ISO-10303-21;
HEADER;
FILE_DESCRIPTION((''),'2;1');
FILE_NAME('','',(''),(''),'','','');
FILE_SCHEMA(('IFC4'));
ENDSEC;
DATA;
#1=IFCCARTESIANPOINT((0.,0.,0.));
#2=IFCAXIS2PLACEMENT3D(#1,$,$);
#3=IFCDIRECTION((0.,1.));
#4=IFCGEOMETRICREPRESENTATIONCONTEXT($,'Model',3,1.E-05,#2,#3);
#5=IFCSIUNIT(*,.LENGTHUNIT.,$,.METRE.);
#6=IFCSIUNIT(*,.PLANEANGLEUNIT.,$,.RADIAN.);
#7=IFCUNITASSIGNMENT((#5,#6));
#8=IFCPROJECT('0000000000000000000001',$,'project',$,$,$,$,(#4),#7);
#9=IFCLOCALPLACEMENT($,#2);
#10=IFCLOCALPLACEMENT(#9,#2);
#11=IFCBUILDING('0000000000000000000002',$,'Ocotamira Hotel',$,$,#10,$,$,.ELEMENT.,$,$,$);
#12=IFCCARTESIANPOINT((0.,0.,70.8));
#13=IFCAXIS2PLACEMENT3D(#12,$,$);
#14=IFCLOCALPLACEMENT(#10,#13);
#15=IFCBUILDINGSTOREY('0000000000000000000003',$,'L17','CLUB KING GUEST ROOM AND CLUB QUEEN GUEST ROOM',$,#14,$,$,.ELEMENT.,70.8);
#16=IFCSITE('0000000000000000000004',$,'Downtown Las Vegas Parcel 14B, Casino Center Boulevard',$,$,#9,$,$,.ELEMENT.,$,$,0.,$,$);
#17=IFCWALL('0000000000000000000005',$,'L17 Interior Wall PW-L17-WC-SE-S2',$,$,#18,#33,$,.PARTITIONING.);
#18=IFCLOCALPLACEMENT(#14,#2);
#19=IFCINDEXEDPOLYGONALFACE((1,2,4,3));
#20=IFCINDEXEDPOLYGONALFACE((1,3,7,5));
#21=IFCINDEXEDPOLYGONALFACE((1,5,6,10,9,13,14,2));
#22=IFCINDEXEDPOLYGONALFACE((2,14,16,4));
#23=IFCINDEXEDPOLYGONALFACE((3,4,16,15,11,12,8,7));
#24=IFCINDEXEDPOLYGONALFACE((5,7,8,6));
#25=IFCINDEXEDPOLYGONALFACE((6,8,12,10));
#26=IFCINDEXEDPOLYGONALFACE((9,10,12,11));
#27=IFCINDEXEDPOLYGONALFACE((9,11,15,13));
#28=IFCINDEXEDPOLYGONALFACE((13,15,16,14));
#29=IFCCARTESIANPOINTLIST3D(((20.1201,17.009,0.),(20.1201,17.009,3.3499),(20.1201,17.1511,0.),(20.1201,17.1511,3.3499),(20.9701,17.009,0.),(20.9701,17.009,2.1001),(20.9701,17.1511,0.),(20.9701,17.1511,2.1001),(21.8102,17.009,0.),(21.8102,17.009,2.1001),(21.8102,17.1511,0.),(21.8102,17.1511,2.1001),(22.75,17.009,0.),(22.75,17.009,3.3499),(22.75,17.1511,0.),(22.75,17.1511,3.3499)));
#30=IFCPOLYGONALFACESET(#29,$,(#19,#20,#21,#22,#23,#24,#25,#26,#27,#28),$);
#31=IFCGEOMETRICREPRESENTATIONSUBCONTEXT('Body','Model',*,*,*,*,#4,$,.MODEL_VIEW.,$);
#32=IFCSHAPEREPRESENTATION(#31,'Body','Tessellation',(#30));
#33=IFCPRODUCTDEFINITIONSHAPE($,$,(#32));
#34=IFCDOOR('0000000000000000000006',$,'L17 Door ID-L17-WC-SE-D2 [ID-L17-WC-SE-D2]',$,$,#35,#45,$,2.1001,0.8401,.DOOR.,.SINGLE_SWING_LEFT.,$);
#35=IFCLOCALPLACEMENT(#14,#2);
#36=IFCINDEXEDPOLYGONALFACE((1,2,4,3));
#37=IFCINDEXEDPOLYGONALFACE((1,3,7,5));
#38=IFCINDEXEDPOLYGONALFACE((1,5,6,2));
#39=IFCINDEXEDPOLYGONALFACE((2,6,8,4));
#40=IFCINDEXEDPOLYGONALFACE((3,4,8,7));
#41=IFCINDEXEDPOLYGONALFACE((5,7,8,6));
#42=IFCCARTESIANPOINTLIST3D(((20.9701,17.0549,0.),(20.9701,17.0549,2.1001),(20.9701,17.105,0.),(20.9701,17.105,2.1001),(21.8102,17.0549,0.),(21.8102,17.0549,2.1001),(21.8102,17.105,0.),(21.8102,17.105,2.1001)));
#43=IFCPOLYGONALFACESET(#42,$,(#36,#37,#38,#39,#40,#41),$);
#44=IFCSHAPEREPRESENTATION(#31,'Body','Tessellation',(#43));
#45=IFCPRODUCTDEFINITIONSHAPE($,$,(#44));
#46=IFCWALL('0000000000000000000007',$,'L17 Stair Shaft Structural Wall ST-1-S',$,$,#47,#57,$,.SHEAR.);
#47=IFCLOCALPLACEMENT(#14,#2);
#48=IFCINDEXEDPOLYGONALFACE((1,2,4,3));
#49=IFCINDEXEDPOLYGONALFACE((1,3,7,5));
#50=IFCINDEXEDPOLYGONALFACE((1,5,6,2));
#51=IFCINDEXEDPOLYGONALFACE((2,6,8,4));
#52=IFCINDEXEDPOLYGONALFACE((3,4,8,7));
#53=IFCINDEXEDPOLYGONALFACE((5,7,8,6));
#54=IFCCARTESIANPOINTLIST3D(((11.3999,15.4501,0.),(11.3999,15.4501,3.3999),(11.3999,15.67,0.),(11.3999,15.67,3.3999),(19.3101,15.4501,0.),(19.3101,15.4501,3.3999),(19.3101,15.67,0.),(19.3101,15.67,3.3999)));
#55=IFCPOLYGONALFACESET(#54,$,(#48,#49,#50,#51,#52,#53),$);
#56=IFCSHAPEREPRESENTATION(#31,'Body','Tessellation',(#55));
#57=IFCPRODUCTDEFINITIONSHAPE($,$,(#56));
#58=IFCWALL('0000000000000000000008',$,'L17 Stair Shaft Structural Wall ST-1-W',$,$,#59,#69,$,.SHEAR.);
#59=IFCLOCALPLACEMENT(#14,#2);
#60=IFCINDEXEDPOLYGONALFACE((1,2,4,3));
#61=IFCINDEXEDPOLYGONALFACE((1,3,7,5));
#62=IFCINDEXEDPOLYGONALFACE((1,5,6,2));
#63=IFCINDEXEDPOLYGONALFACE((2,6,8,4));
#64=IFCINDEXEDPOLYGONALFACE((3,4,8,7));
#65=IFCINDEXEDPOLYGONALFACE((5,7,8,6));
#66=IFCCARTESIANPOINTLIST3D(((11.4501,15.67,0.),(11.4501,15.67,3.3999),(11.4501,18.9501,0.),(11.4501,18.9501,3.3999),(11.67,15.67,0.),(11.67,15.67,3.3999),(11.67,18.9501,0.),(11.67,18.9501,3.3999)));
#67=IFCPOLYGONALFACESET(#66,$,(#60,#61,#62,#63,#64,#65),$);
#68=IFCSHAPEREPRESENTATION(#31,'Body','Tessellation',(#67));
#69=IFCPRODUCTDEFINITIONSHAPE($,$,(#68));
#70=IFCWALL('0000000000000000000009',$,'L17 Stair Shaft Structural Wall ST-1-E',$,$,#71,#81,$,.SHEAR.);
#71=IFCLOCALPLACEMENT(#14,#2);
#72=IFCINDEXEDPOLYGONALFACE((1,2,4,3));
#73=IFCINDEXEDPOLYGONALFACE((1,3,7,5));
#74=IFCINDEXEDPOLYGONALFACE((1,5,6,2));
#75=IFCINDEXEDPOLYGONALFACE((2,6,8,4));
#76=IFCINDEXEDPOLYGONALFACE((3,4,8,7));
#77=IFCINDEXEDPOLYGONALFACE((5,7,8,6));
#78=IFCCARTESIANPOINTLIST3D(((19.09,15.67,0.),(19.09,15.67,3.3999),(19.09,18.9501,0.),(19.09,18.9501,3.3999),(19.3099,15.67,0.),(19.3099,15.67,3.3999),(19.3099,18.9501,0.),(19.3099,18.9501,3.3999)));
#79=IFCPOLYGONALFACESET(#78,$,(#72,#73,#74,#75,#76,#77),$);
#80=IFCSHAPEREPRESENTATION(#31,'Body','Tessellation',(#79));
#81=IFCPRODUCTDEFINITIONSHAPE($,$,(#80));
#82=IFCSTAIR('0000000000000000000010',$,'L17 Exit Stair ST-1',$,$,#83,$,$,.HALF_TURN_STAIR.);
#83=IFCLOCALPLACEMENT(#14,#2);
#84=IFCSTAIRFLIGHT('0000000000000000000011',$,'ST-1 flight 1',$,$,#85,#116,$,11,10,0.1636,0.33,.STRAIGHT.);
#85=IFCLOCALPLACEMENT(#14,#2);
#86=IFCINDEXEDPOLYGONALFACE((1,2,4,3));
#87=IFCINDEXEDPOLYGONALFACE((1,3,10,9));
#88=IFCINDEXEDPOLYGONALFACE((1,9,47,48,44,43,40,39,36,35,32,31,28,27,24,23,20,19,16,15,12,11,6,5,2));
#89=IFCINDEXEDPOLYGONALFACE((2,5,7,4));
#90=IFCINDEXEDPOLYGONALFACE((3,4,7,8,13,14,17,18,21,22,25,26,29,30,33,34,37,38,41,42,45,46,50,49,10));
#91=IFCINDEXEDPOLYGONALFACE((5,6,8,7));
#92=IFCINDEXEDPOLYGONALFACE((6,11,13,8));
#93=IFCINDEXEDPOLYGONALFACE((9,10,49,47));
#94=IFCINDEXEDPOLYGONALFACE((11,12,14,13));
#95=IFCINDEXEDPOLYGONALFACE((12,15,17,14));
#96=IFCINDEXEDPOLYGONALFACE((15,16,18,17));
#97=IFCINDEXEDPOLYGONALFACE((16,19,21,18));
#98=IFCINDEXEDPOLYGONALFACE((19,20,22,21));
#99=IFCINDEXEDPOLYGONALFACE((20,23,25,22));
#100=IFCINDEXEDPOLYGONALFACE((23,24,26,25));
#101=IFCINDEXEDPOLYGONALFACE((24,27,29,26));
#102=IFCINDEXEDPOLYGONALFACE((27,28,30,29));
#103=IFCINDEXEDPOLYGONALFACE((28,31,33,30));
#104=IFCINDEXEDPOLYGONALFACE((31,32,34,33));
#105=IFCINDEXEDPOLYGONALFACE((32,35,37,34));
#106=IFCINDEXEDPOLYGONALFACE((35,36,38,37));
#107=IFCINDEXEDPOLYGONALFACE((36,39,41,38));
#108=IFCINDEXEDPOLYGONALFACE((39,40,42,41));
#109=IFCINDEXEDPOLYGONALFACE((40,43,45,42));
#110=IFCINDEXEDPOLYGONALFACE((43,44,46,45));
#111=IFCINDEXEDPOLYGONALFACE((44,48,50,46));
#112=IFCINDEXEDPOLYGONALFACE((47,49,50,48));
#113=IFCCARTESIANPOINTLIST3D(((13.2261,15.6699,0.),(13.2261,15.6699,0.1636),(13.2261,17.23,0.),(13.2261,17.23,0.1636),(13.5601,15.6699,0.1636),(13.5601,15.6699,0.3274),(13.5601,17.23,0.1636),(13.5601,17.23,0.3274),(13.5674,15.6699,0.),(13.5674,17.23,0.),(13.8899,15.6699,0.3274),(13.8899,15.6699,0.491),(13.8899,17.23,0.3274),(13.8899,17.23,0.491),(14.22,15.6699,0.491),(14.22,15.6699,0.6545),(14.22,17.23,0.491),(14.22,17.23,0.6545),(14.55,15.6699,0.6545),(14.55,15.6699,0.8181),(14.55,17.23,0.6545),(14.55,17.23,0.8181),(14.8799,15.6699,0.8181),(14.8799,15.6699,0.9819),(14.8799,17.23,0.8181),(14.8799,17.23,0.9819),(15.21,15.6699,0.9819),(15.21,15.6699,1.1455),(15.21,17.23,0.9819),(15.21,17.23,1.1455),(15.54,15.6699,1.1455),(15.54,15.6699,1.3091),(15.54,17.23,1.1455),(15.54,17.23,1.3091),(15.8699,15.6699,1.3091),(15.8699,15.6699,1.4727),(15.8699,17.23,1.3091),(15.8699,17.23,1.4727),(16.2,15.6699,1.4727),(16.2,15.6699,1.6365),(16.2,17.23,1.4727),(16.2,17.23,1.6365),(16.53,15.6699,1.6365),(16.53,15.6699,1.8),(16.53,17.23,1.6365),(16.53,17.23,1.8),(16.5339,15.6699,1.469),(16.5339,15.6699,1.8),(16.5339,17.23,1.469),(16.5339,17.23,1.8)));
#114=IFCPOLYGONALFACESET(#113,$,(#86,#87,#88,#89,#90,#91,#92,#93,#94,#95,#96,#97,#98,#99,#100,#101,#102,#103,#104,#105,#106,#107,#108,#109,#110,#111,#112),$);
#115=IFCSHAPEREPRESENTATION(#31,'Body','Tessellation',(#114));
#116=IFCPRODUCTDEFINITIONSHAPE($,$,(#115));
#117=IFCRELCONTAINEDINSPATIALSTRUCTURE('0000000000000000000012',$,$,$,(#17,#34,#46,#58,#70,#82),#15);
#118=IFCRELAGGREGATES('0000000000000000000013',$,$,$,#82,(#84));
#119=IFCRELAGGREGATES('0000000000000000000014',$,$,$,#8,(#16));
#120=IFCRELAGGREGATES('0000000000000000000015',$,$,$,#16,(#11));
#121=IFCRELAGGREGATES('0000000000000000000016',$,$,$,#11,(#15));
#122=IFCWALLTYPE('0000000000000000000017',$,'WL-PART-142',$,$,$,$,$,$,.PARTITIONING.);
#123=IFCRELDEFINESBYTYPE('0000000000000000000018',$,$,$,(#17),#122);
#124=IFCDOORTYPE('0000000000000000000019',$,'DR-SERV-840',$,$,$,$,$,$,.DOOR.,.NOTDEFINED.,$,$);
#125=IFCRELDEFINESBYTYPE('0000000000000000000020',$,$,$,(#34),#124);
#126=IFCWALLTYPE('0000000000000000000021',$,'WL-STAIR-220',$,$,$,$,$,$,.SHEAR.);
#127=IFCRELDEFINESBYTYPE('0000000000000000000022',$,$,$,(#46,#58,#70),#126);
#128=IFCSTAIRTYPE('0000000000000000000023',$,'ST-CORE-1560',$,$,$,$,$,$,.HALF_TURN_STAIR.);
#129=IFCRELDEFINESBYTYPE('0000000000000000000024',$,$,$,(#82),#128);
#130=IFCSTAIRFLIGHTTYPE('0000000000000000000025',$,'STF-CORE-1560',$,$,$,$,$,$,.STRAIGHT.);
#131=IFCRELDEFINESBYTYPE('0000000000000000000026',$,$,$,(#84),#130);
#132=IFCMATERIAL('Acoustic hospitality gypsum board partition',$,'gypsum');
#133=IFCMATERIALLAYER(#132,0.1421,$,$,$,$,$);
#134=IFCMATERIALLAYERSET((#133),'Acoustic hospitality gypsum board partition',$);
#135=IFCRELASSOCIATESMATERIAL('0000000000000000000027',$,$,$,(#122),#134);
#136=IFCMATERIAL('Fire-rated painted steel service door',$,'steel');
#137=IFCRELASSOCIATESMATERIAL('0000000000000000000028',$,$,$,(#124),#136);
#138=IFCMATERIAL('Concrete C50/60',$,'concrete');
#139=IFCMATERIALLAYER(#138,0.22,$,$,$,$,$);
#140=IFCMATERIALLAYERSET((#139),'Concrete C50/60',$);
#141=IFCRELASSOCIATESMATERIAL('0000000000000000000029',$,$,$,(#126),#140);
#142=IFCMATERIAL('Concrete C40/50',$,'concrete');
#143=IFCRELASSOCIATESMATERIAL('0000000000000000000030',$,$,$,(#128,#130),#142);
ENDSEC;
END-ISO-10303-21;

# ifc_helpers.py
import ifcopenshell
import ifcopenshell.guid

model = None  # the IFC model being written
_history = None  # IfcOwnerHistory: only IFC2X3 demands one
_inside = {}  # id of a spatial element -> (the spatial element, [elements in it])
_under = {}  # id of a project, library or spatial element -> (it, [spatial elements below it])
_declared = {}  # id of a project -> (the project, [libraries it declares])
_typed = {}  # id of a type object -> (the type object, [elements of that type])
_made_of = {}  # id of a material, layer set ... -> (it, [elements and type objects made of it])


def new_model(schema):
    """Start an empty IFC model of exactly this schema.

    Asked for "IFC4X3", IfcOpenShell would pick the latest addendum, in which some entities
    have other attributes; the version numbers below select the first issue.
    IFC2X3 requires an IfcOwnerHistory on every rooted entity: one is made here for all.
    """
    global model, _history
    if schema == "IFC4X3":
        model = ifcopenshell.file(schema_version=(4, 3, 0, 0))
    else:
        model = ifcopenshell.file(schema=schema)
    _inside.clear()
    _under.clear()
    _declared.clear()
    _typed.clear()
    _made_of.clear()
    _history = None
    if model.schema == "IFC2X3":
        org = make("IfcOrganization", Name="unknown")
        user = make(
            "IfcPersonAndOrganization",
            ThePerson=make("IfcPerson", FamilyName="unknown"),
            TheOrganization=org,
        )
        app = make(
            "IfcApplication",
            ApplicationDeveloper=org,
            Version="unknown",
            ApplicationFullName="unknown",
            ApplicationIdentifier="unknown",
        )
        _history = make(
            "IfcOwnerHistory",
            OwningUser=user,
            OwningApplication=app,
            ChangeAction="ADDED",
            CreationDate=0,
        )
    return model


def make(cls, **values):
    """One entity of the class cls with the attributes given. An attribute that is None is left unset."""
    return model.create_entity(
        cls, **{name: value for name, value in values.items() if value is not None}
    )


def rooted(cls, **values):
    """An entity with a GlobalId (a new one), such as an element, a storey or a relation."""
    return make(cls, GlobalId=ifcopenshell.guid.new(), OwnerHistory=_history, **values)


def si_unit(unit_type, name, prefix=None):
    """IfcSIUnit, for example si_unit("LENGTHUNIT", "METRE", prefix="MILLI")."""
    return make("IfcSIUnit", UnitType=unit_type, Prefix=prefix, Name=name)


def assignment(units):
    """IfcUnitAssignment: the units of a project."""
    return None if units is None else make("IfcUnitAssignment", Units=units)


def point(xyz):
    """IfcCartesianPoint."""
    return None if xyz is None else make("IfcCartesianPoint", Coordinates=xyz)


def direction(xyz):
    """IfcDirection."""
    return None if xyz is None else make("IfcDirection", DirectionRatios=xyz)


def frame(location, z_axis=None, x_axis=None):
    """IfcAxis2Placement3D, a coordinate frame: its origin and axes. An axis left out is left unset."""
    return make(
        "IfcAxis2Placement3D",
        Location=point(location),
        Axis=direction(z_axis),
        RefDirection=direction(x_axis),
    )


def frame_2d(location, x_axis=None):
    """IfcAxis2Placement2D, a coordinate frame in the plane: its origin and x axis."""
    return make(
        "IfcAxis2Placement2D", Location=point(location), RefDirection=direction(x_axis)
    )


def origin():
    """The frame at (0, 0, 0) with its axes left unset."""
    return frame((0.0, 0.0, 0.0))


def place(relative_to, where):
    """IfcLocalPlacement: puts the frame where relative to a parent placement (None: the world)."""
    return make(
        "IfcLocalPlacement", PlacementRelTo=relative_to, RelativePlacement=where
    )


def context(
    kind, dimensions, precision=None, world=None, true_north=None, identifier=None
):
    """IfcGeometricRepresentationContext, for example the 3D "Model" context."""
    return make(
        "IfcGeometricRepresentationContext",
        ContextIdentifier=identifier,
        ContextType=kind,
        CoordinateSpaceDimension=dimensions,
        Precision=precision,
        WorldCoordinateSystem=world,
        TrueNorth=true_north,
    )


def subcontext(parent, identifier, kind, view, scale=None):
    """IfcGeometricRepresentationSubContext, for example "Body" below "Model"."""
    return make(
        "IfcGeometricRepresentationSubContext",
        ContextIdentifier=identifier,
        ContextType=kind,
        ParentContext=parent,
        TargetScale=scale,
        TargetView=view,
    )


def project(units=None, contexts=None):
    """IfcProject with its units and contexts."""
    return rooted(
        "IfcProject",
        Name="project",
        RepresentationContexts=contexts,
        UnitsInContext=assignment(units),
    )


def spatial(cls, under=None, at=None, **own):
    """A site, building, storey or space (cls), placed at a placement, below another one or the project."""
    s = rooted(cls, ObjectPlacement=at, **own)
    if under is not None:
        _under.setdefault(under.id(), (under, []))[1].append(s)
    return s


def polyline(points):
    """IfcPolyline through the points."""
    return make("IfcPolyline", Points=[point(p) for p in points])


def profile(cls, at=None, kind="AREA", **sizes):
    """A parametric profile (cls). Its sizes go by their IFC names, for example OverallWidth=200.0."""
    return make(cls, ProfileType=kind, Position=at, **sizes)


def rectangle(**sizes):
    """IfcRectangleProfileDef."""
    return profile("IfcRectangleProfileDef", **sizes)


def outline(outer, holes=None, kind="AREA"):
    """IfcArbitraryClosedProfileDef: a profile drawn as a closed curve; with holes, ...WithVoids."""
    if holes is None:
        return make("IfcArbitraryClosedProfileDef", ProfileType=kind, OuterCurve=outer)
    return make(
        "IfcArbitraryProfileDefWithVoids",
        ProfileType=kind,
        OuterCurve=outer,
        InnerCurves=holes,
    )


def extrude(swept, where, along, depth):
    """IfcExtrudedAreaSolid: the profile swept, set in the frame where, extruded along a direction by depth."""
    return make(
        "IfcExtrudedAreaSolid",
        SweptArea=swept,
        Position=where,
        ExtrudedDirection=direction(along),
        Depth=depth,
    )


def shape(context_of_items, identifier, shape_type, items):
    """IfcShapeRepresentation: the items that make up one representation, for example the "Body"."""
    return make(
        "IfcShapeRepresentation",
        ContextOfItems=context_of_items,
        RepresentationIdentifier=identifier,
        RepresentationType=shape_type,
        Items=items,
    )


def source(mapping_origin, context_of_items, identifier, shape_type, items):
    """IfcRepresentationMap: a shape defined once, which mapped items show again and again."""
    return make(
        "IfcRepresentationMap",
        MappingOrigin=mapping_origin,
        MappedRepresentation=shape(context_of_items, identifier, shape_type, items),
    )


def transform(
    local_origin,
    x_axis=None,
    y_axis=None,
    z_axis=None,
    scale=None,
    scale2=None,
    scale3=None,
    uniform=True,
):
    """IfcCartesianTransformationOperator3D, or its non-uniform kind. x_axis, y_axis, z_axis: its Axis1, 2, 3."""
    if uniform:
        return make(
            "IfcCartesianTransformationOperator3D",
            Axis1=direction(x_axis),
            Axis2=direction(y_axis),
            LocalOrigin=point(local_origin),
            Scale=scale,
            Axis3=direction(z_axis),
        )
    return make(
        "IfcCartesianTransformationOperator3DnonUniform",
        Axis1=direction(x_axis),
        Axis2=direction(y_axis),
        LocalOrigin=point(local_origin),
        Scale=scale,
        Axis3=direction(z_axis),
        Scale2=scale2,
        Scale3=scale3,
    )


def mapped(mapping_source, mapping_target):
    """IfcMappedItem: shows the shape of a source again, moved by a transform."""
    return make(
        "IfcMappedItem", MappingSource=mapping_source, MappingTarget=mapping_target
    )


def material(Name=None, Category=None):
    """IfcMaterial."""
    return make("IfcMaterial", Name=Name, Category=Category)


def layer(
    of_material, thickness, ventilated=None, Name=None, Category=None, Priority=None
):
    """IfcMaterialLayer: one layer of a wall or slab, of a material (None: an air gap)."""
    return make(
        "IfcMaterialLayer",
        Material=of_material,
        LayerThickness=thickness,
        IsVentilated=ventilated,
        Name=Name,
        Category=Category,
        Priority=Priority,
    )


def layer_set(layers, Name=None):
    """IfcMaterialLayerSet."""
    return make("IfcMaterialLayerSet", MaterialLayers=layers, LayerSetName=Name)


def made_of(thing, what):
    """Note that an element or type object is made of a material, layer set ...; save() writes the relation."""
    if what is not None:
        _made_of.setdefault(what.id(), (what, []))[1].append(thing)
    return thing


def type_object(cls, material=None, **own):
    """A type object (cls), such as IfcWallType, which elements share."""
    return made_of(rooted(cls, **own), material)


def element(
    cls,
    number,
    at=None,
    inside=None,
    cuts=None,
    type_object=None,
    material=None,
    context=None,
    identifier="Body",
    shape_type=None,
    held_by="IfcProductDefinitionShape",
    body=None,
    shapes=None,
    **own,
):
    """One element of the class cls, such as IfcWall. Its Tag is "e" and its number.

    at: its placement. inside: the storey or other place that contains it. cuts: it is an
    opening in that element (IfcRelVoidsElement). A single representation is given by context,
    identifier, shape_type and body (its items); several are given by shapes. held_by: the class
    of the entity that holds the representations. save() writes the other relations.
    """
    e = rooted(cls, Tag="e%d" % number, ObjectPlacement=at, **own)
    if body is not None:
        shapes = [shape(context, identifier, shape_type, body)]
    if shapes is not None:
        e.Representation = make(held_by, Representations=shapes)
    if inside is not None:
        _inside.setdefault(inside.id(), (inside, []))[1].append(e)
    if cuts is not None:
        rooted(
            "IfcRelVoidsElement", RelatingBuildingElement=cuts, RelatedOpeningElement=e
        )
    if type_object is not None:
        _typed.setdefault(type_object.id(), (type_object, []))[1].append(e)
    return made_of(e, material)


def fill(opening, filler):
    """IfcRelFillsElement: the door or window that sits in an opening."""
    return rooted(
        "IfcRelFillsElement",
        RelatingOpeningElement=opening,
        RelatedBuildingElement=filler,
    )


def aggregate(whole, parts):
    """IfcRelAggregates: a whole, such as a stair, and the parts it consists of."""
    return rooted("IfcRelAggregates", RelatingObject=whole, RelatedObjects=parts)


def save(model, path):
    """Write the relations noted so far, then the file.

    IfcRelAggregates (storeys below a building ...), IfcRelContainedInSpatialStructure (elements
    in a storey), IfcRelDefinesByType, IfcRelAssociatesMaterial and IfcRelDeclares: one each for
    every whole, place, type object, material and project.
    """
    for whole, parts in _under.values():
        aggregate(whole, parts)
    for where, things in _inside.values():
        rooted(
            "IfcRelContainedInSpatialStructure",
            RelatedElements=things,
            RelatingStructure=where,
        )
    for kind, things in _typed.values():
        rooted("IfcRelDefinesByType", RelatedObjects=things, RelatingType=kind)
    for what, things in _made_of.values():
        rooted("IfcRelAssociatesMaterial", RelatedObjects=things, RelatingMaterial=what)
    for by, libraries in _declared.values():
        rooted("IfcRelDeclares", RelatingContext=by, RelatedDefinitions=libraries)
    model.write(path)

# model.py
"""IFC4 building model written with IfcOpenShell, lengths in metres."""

from ifc_helpers import new_model, si_unit, direction, frame, frame_2d, origin, place, context, subcontext, project, spatial, polyline, rectangle, outline, extrude, source, transform, mapped, material, layer, layer_set, type_object, element, fill, aggregate, save


model = new_model("IFC4")

# Units and contexts
model_context = context("Model", 3, precision=1e-05, world=origin(), true_north=direction((0.0, 1.0)))
body_context = subcontext(model_context, "Body", "Model", "MODEL_VIEW")
ifc_project = project(units=[si_unit("LENGTHUNIT", "METRE"), si_unit("PLANEANGLEUNIT", "RADIAN")], contexts=[model_context])

# Site, building, storey
site_placement = place(None, origin())
site = spatial("IfcSite", under=ifc_project, at=site_placement, Name="Downtown Las Vegas Parcel 14B, Casino Center Boulevard", CompositionType="ELEMENT", RefElevation=0.0)
building_placement = place(site_placement, origin())
building = spatial("IfcBuilding", under=site, at=building_placement, Name="Ocotamira Hotel", CompositionType="ELEMENT")
storey_placement = place(building_placement, frame((0.0, 0.0, 70.8)))
storey = spatial("IfcBuildingStorey", under=building, at=storey_placement, Name="L17", Description="CLUB KING GUEST ROOM AND CLUB QUEEN GUEST ROOM", CompositionType="ELEMENT", Elevation=70.8)

# Shared definitions
ifc_material_1 = material(Name="Acoustic hospitality gypsum board partition", Category="gypsum")
ifc_layer_1 = layer(ifc_material_1, 0.1421)
ifc_layer_set_1 = layer_set([ifc_layer_1], Name="Acoustic hospitality gypsum board partition")
wall_type_1 = type_object("IfcWallType", Name="WL-PART-142", PredefinedType="PARTITIONING", material=ifc_layer_set_1)

# Wall, opening, door
wall_1_placement = place(storey_placement, frame((20.1201, 17.0801, 0.0), z_axis=(0.0, 0.0, 1.0), x_axis=(1.0, 0.0, 0.0)))
wall_1 = element("IfcWall", 1, at=wall_1_placement, inside=storey, type_object=wall_type_1, Name="L17 Interior Wall PW-L17-WC-SE-S2", PredefinedType="PARTITIONING", context=body_context, shape_type="SweptSolid", body=[
    extrude(rectangle(XDim=2.6299, YDim=0.1421, at=frame_2d((1.3149, 0.0))), origin(), (0.0, 0.0, 1.0), 3.3499),
])
opening_1_placement = place(wall_1_placement, frame((0.8501, 0.0, 0.0)))
opening_1 = element("IfcOpeningElement", 2, at=opening_1_placement, cuts=wall_1, PredefinedType="OPENING", context=body_context, shape_type="SweptSolid", body=[
    extrude(rectangle(XDim=0.8401, YDim=2.1001, at=frame_2d((0.4199, 1.05))), frame((0.0, 0.0811, 0.0), z_axis=(0.0, -1.0, 0.0), x_axis=(1.0, 0.0, 0.0)), (0.0, 0.0, 1.0), 0.1621),
])
ifc_material_2 = material(Name="Fire-rated painted steel service door", Category="steel")
door_type_1 = type_object("IfcDoorType", Name="DR-SERV-840", OperationType="NOTDEFINED", PredefinedType="DOOR", material=ifc_material_2)
shared_shape_1 = source(origin(), body_context, "Body", "SweptSolid", [
    extrude(rectangle(XDim=0.8401, YDim=2.1001, at=frame_2d((0.4199, 1.05))), frame((0.0, 0.0249, 0.0), z_axis=(0.0, -1.0, 0.0), x_axis=(1.0, 0.0, 0.0)), (0.0, 0.0, 1.0), 0.05),
])
door_1_placement = place(opening_1_placement, origin())
door_1 = element("IfcDoor", 3, at=door_1_placement, inside=storey, type_object=door_type_1, Name="L17 Door ID-L17-WC-SE-D2 [ID-L17-WC-SE-D2]", OperationType="SINGLE_SWING_LEFT", OverallHeight=2.1001, OverallWidth=0.8401, PredefinedType="DOOR", context=body_context, shape_type="MappedRepresentation", body=[
    mapped(shared_shape_1, transform((0.0, 0.0, 0.0), scale=1.0)),
])
fill(opening_1, door_1)

# Walls
ifc_material_3 = material(Name="Concrete C50/60", Category="concrete")
ifc_layer_2 = layer(ifc_material_3, 0.22)
ifc_layer_set_2 = layer_set([ifc_layer_2], Name="Concrete C50/60")
wall_type_2 = type_object("IfcWallType", Name="WL-STAIR-220", PredefinedType="SHEAR", material=ifc_layer_set_2)
wall_2_placement = place(storey_placement, frame((11.3999, 15.5601, 0.0), z_axis=(0.0, 0.0, 1.0), x_axis=(1.0, 0.0, 0.0)))
element("IfcWall", 4, at=wall_2_placement, inside=storey, type_object=wall_type_2, Name="L17 Stair Shaft Structural Wall ST-1-S", PredefinedType="SHEAR", context=body_context, shape_type="SweptSolid", body=[
    extrude(rectangle(XDim=7.9102, YDim=0.22, at=frame_2d((3.9551, 0.0))), origin(), (0.0, 0.0, 1.0), 3.3999),
])
for number, where, z_axis, x_axis, name in (
    (5, (11.5601, 15.6699, 0.0), (0.0, 0.0, 1.0), (0.0, 1.0, 0.0), "L17 Stair Shaft Structural Wall ST-1-W"),
    (6, (19.2, 15.6699, 0.0), (0.0, 0.0, 1.0), (0.0, 1.0, 0.0), "L17 Stair Shaft Structural Wall ST-1-E"),
):
    element("IfcWall", number, at=place(storey_placement, frame(where, z_axis=z_axis, x_axis=x_axis)), inside=storey, type_object=wall_type_2, Name=name, PredefinedType="SHEAR", context=body_context, shape_type="SweptSolid", body=[
        extrude(rectangle(XDim=3.28, YDim=0.22, at=frame_2d((1.6401, 0.0))), origin(), (0.0, 0.0, 1.0), 3.3999),
    ])

# Stair, stair flight
ifc_material_4 = material(Name="Concrete C40/50", Category="concrete")
stair_type = type_object("IfcStairType", Name="ST-CORE-1560", PredefinedType="HALF_TURN_STAIR", material=ifc_material_4)
stair_placement = place(storey_placement, origin())
stair = element("IfcStair", 7, at=stair_placement, inside=storey, type_object=stair_type, Name="L17 Exit Stair ST-1", PredefinedType="HALF_TURN_STAIR")
stair_flight_type = type_object("IfcStairFlightType", Name="STF-CORE-1560", PredefinedType="STRAIGHT", material=ifc_material_4)
shared_shape_2 = source(origin(), body_context, "Body", "SweptSolid", [
    extrude(outline(polyline([(-0.0039, 0.0), (-0.0039, 0.1636), (0.3301, 0.1636), (0.3301, 0.3274), (0.6599, 0.3274), (0.6599, 0.491), (0.99, 0.491), (0.99, 0.6545), (1.3201, 0.6545), (1.3201, 0.8181), (1.6499, 0.8181), (1.6499, 0.9819), (1.98, 0.9819), (1.98, 1.1455), (2.3101, 1.1455), (2.3101, 1.3091), (2.6399, 1.3091), (2.6399, 1.4727), (2.97, 1.4727), (2.97, 1.6365), (3.3, 1.6365), (3.3, 1.8), (3.304, 1.8), (3.304, 1.469), (0.3374, 0.0), (-0.0039, 0.0)])), frame((0.0, 0.78, 0.0), z_axis=(0.0, -1.0, 0.0), x_axis=(1.0, 0.0, 0.0)), (0.0, 0.0, 1.0), 1.5601),
])
stair_flight_placement = place(storey_placement, frame((13.23, 16.45, 0.0), z_axis=(0.0, 0.0, 1.0), x_axis=(1.0, 0.0, 0.0)))
stair_flight = element("IfcStairFlight", 8, at=stair_flight_placement, type_object=stair_flight_type, Name="ST-1 flight 1", NumberOfRisers=11, NumberOfTreads=10, PredefinedType="STRAIGHT", RiserHeight=0.1636, TreadLength=0.33, context=body_context, shape_type="MappedRepresentation", body=[
    mapped(shared_shape_2, transform((0.0, 0.0, 0.0), scale=1.0)),
])
aggregate(stair, [stair_flight])

save(model, "model.ifc")
